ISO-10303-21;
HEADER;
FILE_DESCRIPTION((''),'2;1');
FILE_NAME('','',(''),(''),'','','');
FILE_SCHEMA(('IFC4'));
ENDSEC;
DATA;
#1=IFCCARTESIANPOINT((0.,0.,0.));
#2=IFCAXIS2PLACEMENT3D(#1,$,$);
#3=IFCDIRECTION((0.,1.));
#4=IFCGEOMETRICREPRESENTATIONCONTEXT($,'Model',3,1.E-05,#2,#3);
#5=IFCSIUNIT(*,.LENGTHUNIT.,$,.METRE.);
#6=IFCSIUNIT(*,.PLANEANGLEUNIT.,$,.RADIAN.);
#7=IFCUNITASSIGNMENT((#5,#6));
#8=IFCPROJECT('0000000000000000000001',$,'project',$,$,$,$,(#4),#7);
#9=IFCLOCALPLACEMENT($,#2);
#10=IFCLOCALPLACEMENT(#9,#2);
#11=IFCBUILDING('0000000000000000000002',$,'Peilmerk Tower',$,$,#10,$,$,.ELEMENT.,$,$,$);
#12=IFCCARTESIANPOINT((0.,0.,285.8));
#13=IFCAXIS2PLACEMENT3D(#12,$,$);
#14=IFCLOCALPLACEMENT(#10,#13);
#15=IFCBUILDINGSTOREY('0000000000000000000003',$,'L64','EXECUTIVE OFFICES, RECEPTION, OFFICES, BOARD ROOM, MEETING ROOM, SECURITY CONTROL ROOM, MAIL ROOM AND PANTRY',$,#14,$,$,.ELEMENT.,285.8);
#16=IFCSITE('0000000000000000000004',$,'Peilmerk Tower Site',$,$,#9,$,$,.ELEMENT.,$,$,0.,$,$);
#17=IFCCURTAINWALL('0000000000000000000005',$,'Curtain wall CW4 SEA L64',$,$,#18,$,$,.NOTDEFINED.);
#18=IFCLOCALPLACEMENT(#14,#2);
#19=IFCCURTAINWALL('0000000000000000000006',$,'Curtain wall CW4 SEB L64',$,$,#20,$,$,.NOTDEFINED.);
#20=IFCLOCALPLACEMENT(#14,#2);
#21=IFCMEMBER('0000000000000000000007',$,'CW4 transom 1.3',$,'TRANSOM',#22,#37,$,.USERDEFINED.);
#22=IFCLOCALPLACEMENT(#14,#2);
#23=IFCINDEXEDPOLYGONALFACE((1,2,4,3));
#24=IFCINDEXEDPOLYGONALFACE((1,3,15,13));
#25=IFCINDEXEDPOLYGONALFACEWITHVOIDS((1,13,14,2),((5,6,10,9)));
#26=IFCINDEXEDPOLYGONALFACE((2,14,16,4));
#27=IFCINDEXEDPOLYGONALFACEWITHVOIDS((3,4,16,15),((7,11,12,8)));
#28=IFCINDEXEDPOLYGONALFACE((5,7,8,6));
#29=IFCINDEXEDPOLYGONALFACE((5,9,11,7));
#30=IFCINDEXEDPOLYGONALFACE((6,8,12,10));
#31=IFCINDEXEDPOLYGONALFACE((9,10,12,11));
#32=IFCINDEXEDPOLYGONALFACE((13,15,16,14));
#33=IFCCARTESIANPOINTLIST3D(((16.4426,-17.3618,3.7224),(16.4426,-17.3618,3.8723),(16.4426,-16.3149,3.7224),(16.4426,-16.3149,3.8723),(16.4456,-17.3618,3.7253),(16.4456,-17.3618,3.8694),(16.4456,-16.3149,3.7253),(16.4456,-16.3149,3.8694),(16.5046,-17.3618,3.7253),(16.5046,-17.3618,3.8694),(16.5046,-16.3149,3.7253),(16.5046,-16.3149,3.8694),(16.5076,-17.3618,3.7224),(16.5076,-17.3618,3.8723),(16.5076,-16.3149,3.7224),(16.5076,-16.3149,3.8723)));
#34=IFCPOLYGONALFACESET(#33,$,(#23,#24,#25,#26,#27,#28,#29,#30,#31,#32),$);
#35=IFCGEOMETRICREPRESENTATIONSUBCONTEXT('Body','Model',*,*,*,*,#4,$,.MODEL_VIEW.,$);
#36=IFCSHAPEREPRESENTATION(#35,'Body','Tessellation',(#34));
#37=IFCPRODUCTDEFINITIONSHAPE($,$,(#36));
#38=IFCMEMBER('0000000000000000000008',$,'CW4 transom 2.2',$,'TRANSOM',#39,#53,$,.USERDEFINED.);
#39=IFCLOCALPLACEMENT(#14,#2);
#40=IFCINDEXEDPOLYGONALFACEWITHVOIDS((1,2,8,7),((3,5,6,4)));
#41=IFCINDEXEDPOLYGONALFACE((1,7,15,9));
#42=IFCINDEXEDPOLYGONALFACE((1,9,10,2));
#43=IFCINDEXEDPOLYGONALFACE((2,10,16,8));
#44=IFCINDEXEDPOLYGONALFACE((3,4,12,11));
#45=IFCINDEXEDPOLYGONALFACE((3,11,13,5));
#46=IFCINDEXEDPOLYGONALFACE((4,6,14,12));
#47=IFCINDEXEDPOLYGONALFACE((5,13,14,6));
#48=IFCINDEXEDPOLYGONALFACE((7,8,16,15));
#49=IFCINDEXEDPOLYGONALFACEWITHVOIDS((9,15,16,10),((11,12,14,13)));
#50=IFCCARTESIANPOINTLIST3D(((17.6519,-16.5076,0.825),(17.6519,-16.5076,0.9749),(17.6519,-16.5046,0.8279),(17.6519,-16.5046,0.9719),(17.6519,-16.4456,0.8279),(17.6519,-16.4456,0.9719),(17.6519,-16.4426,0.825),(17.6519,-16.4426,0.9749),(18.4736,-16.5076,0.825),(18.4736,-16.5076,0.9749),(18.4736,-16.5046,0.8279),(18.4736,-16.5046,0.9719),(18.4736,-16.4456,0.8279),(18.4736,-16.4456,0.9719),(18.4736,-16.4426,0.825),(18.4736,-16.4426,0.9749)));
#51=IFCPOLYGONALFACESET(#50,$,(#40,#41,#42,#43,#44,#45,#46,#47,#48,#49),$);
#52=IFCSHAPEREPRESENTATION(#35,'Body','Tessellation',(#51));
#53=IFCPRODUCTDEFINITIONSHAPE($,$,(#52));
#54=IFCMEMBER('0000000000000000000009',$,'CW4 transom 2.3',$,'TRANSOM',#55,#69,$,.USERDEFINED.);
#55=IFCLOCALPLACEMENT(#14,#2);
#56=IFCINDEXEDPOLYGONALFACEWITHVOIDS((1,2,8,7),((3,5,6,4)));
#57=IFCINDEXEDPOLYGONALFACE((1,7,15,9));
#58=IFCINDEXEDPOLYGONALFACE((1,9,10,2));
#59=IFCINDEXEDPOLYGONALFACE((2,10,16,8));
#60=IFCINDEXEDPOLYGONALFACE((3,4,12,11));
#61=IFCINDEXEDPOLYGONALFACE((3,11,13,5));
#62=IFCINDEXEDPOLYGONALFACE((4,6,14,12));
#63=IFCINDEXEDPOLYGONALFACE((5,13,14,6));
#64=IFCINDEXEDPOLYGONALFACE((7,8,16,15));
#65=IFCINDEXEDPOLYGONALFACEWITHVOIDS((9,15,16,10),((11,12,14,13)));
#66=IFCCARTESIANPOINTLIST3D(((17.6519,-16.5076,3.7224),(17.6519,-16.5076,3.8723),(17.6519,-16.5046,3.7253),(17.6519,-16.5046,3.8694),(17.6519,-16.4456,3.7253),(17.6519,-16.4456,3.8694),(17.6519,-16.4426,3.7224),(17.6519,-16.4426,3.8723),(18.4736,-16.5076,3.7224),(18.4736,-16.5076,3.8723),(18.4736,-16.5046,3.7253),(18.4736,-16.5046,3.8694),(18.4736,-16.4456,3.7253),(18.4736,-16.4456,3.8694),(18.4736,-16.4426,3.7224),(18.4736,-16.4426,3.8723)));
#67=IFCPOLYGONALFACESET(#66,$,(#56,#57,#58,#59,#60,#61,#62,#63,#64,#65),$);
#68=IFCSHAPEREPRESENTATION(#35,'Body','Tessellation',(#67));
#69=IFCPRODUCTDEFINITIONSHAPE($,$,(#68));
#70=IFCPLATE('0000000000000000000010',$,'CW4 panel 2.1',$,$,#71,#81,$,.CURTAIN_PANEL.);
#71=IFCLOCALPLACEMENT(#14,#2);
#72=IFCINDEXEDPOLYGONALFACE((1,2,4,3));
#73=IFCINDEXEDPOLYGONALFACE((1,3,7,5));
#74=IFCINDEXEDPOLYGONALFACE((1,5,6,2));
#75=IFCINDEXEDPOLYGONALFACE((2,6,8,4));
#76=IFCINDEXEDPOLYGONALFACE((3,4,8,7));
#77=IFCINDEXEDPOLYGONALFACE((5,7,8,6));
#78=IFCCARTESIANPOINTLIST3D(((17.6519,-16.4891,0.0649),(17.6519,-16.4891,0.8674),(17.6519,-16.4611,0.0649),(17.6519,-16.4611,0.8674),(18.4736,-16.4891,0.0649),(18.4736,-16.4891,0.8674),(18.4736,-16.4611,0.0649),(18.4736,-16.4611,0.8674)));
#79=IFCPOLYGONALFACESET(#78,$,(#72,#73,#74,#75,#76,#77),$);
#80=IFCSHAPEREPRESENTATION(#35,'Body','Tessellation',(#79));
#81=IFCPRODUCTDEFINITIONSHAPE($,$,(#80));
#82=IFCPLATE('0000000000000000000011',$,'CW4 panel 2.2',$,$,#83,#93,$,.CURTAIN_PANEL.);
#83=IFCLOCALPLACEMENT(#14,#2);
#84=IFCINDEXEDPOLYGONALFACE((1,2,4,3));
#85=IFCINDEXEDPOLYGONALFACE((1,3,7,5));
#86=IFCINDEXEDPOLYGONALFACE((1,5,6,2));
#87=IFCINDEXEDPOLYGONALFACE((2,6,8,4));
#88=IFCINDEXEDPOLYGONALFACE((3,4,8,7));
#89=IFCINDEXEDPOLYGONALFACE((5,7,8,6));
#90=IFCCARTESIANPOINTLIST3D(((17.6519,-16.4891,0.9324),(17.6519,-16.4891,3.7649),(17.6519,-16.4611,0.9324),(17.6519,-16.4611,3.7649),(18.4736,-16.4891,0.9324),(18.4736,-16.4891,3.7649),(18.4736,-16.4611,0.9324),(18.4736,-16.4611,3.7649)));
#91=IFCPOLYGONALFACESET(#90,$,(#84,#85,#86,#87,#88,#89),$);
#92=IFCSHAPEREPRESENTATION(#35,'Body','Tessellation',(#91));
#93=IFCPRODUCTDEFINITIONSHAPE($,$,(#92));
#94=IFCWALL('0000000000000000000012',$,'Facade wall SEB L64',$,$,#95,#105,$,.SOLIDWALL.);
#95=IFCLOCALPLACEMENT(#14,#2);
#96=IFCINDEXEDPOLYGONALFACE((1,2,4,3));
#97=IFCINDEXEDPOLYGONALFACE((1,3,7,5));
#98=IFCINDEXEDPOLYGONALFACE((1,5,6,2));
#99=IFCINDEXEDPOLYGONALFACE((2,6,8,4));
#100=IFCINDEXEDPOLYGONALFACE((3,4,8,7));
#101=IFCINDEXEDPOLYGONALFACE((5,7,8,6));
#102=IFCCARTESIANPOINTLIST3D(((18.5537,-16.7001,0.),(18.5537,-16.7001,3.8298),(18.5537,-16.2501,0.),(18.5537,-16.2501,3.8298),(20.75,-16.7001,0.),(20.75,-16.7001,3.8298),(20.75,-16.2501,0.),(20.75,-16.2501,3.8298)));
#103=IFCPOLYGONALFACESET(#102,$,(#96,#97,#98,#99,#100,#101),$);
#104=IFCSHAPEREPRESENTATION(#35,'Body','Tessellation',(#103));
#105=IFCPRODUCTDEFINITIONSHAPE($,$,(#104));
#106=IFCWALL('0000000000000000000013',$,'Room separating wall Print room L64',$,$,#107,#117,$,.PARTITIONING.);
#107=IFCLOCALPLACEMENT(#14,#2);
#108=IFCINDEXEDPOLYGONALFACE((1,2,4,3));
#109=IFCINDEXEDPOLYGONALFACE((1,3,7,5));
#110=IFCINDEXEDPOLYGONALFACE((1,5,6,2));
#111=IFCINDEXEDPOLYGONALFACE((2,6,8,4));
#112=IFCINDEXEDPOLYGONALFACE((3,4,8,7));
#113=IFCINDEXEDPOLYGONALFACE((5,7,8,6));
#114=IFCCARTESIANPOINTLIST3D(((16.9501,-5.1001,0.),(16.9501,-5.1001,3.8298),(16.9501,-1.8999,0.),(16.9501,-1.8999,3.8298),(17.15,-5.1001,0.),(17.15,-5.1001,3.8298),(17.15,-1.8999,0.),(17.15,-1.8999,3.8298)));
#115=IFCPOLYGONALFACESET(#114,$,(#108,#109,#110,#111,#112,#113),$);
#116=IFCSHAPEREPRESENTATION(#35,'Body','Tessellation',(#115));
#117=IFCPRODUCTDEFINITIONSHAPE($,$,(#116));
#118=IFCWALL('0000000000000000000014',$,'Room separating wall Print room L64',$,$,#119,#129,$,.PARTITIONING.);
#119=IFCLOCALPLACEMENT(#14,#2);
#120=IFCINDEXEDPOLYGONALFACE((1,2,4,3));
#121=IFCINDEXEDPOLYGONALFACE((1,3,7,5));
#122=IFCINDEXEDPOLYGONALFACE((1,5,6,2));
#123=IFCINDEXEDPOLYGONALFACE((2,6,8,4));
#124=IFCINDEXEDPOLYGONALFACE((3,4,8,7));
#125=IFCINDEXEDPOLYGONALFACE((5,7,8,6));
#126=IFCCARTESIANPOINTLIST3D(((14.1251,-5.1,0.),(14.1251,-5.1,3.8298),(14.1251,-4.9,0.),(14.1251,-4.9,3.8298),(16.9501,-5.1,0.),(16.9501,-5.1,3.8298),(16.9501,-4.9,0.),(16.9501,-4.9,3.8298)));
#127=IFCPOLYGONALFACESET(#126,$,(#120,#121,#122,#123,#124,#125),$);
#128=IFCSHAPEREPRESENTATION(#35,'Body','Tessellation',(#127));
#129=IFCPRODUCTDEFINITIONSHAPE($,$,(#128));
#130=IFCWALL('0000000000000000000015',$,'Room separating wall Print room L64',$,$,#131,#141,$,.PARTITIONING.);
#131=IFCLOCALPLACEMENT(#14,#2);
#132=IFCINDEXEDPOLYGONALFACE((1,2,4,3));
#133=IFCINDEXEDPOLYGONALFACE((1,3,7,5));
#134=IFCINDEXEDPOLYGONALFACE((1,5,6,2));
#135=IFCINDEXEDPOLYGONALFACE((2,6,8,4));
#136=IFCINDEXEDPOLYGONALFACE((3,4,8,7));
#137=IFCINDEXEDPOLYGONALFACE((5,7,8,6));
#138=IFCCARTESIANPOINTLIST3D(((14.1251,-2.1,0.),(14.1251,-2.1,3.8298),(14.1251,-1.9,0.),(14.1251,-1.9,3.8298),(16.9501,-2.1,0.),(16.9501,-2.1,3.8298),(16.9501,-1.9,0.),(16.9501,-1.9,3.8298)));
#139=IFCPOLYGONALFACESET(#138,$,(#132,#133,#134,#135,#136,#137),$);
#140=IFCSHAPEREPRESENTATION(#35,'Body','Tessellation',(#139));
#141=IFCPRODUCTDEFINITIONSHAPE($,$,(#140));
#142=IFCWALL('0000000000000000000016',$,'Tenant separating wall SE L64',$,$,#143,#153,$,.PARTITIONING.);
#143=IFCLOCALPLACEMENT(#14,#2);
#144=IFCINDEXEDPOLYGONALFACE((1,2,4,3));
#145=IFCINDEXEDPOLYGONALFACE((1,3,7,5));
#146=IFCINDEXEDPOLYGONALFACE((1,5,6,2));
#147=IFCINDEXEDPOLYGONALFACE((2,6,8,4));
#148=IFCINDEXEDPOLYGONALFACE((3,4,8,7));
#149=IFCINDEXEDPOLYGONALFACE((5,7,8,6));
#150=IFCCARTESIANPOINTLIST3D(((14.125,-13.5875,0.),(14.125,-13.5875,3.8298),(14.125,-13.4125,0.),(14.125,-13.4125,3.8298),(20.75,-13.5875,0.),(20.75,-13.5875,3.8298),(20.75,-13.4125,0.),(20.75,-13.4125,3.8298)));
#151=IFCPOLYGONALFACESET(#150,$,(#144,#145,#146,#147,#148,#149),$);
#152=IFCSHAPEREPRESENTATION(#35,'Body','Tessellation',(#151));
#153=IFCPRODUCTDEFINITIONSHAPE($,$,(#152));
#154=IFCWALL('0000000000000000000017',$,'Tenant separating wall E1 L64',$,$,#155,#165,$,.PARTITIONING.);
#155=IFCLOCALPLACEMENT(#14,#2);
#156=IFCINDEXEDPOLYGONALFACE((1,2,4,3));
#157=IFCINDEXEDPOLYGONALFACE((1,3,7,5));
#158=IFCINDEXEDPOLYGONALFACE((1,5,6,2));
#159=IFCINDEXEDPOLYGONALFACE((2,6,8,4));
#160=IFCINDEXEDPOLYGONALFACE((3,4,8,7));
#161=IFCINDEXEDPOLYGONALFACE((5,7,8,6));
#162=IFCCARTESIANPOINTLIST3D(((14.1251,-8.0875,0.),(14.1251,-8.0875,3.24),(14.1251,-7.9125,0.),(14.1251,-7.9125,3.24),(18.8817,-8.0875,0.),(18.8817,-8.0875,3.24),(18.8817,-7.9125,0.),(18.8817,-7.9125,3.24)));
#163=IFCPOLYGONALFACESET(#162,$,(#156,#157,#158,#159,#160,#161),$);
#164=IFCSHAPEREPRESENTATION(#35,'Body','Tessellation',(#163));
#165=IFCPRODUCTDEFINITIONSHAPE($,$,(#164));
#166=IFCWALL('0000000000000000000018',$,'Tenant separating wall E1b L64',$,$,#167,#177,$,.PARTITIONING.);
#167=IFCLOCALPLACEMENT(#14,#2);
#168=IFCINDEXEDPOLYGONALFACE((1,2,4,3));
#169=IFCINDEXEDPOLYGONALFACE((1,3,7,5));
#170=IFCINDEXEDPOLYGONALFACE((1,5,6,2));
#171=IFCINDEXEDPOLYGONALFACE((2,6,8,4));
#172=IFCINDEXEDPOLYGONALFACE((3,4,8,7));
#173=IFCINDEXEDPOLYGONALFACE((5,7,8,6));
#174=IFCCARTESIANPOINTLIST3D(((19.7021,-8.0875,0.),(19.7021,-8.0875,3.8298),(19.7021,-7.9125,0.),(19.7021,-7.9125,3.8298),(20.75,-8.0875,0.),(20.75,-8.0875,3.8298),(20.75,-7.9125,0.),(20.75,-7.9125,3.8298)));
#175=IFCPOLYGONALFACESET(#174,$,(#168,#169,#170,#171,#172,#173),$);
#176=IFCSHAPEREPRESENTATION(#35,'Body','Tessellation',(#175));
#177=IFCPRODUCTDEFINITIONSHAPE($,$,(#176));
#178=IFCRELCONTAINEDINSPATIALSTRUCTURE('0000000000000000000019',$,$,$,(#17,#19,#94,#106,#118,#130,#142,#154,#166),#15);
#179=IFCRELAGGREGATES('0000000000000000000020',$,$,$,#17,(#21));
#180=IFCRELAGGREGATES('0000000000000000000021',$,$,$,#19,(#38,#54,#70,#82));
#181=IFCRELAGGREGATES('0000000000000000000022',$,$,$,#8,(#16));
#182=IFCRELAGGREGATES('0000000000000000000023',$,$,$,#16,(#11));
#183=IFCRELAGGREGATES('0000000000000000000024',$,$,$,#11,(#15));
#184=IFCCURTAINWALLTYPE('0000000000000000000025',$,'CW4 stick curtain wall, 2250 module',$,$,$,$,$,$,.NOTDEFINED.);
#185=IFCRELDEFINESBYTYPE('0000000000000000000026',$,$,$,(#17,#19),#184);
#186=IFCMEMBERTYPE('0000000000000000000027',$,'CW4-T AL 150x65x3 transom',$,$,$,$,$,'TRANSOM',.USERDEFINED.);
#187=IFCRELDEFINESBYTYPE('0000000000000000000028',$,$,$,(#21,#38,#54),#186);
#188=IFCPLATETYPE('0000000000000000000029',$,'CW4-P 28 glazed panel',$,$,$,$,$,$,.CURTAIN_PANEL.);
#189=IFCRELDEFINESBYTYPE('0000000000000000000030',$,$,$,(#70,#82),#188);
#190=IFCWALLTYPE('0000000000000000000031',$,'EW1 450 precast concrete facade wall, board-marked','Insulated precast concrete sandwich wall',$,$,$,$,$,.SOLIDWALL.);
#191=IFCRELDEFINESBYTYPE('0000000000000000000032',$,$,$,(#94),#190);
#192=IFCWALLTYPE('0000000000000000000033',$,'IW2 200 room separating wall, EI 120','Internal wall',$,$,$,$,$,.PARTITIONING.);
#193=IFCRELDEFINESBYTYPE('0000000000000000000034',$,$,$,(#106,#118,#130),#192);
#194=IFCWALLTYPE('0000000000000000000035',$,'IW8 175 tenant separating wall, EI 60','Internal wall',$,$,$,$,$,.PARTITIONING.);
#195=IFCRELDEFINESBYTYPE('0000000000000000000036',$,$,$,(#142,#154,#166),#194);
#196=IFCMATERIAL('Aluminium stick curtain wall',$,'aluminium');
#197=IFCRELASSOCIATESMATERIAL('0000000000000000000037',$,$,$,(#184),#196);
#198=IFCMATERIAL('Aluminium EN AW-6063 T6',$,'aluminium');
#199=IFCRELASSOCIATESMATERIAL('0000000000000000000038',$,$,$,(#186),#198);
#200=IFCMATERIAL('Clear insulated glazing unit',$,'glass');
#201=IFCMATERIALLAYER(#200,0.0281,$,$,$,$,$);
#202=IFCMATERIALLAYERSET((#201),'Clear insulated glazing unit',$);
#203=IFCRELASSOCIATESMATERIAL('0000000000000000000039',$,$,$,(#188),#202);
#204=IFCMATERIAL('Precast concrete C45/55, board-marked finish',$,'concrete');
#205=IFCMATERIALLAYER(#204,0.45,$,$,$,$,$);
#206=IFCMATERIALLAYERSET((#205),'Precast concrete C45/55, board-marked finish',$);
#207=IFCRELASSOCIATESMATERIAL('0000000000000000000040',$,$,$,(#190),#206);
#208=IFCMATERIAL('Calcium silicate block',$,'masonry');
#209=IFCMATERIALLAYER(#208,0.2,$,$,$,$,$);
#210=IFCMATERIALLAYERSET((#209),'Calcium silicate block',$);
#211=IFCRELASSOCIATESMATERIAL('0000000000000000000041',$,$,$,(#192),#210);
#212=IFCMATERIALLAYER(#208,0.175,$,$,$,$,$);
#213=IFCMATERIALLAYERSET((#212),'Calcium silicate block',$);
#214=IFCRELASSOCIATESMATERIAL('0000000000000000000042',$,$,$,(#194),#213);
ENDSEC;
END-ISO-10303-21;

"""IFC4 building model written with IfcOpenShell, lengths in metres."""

from ifc_helpers import new_model, si_unit, direction, frame, frame_2d, origin, origin_2d, place, context, subcontext, project, spatial, rectangle, hollow_rectangle, extrude, material, layer, layer_set, material_profile, profile_set, type_object, element, aggregate, save


model = new_model("IFC4")

# Units and contexts
model_context = context("Model", 3, precision=1e-05, world=origin(), true_north=direction((0.0, 1.0)))
body_context = subcontext(model_context, "Body", "Model", "MODEL_VIEW")
ifc_project = project(units=[si_unit("LENGTHUNIT", "METRE"), si_unit("PLANEANGLEUNIT", "RADIAN")], contexts=[model_context])

# Site, building, storey
site_placement = place(None, origin())
site = spatial("IfcSite", under=ifc_project, at=site_placement, Name="Peilmerk Tower Site", CompositionType="ELEMENT", RefElevation=0.0)
building_placement = place(site_placement, origin())
building = spatial("IfcBuilding", under=site, at=building_placement, Name="Peilmerk Tower", CompositionType="ELEMENT")
storey_placement = place(building_placement, frame((0.0, 0.0, 285.8)))
storey = spatial("IfcBuildingStorey", under=building, at=storey_placement, Name="L64", Description="EXECUTIVE OFFICES, RECEPTION, OFFICES, BOARD ROOM, MEETING ROOM, SECURITY CONTROL ROOM, MAIL ROOM AND PANTRY", CompositionType="ELEMENT", Elevation=285.8)

# Curtain walls
ifc_material_1 = material(Name="Aluminium stick curtain wall", Category="aluminium")
curtain_wall_type = type_object("IfcCurtainWallType", Name="CW4 stick curtain wall, 2250 module", PredefinedType="NOTDEFINED", material=ifc_material_1)
curtain_wall_1_placement = place(storey_placement, origin())
curtain_wall_1 = element("IfcCurtainWall", 1, at=curtain_wall_1_placement, inside=storey, type_object=curtain_wall_type, Name="Curtain wall CW4 SEA L64", PredefinedType="NOTDEFINED")
ifc_material_2 = material(Name="Aluminium EN AW-6063 T6", Category="aluminium")
curtain_wall_2_placement = place(storey_placement, origin())
curtain_wall_2 = element("IfcCurtainWall", 2, at=curtain_wall_2_placement, inside=storey, type_object=curtain_wall_type, Name="Curtain wall CW4 SEB L64", PredefinedType="NOTDEFINED")

# Members
ifc_material_profile_1 = material_profile(ifc_material_2, hollow_rectangle(XDim=0.0649, YDim=0.1499, WallThickness=0.0029, at=origin_2d()), Name="AL 150x65x3")
ifc_profile_set_1 = profile_set([ifc_material_profile_1], Name="Aluminium EN AW-6063 T6")
member_type_1 = type_object("IfcMemberType", Name="CW4-T AL 150x65x3 transom", ElementType="TRANSOM", PredefinedType="USERDEFINED", material=ifc_profile_set_1)
member_1_placement = place(storey_placement, frame((16.4751, -16.3149, 3.7974), z_axis=(0.0, -1.0, 0.0), x_axis=(1.0, 0.0, 0.0)))
member_1 = element("IfcMember", 3, at=member_1_placement, type_object=member_type_1, Name="CW4 transom 1.3", ObjectType="TRANSOM", PredefinedType="USERDEFINED", context=body_context, shape_type="SweptSolid", body=[
    extrude(hollow_rectangle(XDim=0.0649, YDim=0.1499, WallThickness=0.0029, at=origin_2d()), origin(), (0.0, 0.0, 1.0), 1.0469),
])
aggregate(curtain_wall_1, [member_1])
member_2_placement = place(storey_placement, frame((17.6519, -16.4751, 0.8999), z_axis=(1.0, 0.0, 0.0), x_axis=(0.0, 1.0, 0.0)))
member_2 = element("IfcMember", 4, at=member_2_placement, type_object=member_type_1, Name="CW4 transom 2.2", ObjectType="TRANSOM", PredefinedType="USERDEFINED", context=body_context, shape_type="SweptSolid", body=[
    extrude(hollow_rectangle(XDim=0.0649, YDim=0.1499, WallThickness=0.0029, at=origin_2d()), origin(), (0.0, 0.0, 1.0), 0.8218),
])
member_3_placement = place(storey_placement, frame((17.6519, -16.4751, 3.7974), z_axis=(1.0, 0.0, 0.0), x_axis=(0.0, 1.0, 0.0)))
member_3 = element("IfcMember", 5, at=member_3_placement, type_object=member_type_1, Name="CW4 transom 2.3", ObjectType="TRANSOM", PredefinedType="USERDEFINED", context=body_context, shape_type="SweptSolid", body=[
    extrude(hollow_rectangle(XDim=0.0649, YDim=0.1499, WallThickness=0.0029, at=origin_2d()), origin(), (0.0, 0.0, 1.0), 0.8218),
])

# Plates
ifc_material_3 = material(Name="Clear insulated glazing unit", Category="glass")
ifc_layer_1 = layer(ifc_material_3, 0.0281)
ifc_layer_set_1 = layer_set([ifc_layer_1], Name="Clear insulated glazing unit")
plate_type = type_object("IfcPlateType", Name="CW4-P 28 glazed panel", PredefinedType="CURTAIN_PANEL", material=ifc_layer_set_1)
plate_1_placement = place(storey_placement, frame((18.0627, -16.4751, 0.0649), z_axis=(0.0, 0.0, 1.0), x_axis=(1.0, 0.0, 0.0)))
plate_1 = element("IfcPlate", 6, at=plate_1_placement, type_object=plate_type, Name="CW4 panel 2.1", PredefinedType="CURTAIN_PANEL", context=body_context, shape_type="SweptSolid", body=[
    extrude(rectangle(XDim=0.8218, YDim=0.0281, at=origin_2d()), origin(), (0.0, 0.0, 1.0), 0.8025),
])
plate_2_placement = place(storey_placement, frame((18.0627, -16.4751, 0.9324), z_axis=(0.0, 0.0, 1.0), x_axis=(1.0, 0.0, 0.0)))
plate_2 = element("IfcPlate", 7, at=plate_2_placement, type_object=plate_type, Name="CW4 panel 2.2", PredefinedType="CURTAIN_PANEL", context=body_context, shape_type="SweptSolid", body=[
    extrude(rectangle(XDim=0.8218, YDim=0.0281, at=origin_2d()), origin(), (0.0, 0.0, 1.0), 2.8325),
])
aggregate(curtain_wall_2, [member_2, member_3, plate_1, plate_2])

# Walls
ifc_material_4 = material(Name="Precast concrete C45/55, board-marked finish", Category="concrete")
ifc_layer_2 = layer(ifc_material_4, 0.45)
ifc_layer_set_2 = layer_set([ifc_layer_2], Name="Precast concrete C45/55, board-marked finish")
wall_type_1 = type_object("IfcWallType", Name="EW1 450 precast concrete facade wall, board-marked", Description="Insulated precast concrete sandwich wall", PredefinedType="SOLIDWALL", material=ifc_layer_set_2)
wall_1_placement = place(storey_placement, frame((18.5537, -16.4751, 0.0), z_axis=(0.0, 0.0, 1.0), x_axis=(1.0, 0.0, 0.0)))
element("IfcWall", 8, at=wall_1_placement, inside=storey, type_object=wall_type_1, Name="Facade wall SEB L64", PredefinedType="SOLIDWALL", context=body_context, shape_type="SweptSolid", body=[
    extrude(rectangle(XDim=2.1963, YDim=0.45, at=frame_2d((1.0981, 0.0))), origin(), (0.0, 0.0, 1.0), 3.8298),
])
ifc_material_5 = material(Name="Calcium silicate block", Category="masonry")
ifc_layer_3 = layer(ifc_material_5, 0.2)
ifc_layer_set_3 = layer_set([ifc_layer_3], Name="Calcium silicate block")
wall_type_2 = type_object("IfcWallType", Name="IW2 200 room separating wall, EI 120", Description="Internal wall", PredefinedType="PARTITIONING", material=ifc_layer_set_3)
wall_2_placement = place(storey_placement, frame((17.05, -5.1001, 0.0), z_axis=(0.0, 0.0, 1.0), x_axis=(0.0, 1.0, 0.0)))
element("IfcWall", 9, at=wall_2_placement, inside=storey, type_object=wall_type_2, Name="Room separating wall Print room L64", PredefinedType="PARTITIONING", context=body_context, shape_type="SweptSolid", body=[
    extrude(rectangle(XDim=3.2002, YDim=0.2, at=frame_2d((1.6001, 0.0))), origin(), (0.0, 0.0, 1.0), 3.8298),
])
for number, where, z_axis, x_axis, name in (
    (10, (14.125, -5.0, 0.0), (0.0, 0.0, 1.0), (1.0, 0.0, 0.0), "Room separating wall Print room L64"),
    (11, (14.125, -2.0, 0.0), (0.0, 0.0, 1.0), (1.0, 0.0, 0.0), "Room separating wall Print room L64"),
):
    element("IfcWall", number, at=place(storey_placement, frame(where, z_axis=z_axis, x_axis=x_axis)), inside=storey, type_object=wall_type_2, Name=name, PredefinedType="PARTITIONING", context=body_context, shape_type="SweptSolid", body=[
        extrude(rectangle(XDim=2.825, YDim=0.2, at=frame_2d((1.4126, 0.0))), origin(), (0.0, 0.0, 1.0), 3.8298),
    ])
ifc_layer_4 = layer(ifc_material_5, 0.175)
ifc_layer_set_4 = layer_set([ifc_layer_4], Name="Calcium silicate block")
wall_type_3 = type_object("IfcWallType", Name="IW8 175 tenant separating wall, EI 60", Description="Internal wall", PredefinedType="PARTITIONING", material=ifc_layer_set_4)
wall_3_placement = place(storey_placement, frame((20.75, -13.5, 0.0), z_axis=(0.0, 0.0, 1.0), x_axis=(-1.0, 0.0, 0.0)))
element("IfcWall", 12, at=wall_3_placement, inside=storey, type_object=wall_type_3, Name="Tenant separating wall SE L64", PredefinedType="PARTITIONING", context=body_context, shape_type="SweptSolid", body=[
    extrude(rectangle(XDim=6.625, YDim=0.175, at=frame_2d((3.3125, 0.0))), origin(), (0.0, 0.0, 1.0), 3.8298),
])
wall_4_placement = place(storey_placement, frame((14.125, -8.0, 0.0), z_axis=(0.0, 0.0, 1.0), x_axis=(1.0, 0.0, 0.0)))
element("IfcWall", 13, at=wall_4_placement, inside=storey, type_object=wall_type_3, Name="Tenant separating wall E1 L64", PredefinedType="PARTITIONING", context=body_context, shape_type="SweptSolid", body=[
    extrude(rectangle(XDim=4.7566, YDim=0.175, at=frame_2d((2.3784, 0.0))), origin(), (0.0, 0.0, 1.0), 3.24),
])
wall_5_placement = place(storey_placement, frame((19.7021, -8.0, 0.0), z_axis=(0.0, 0.0, 1.0), x_axis=(1.0, 0.0, 0.0)))
element("IfcWall", 14, at=wall_5_placement, inside=storey, type_object=wall_type_3, Name="Tenant separating wall E1b L64", PredefinedType="PARTITIONING", context=body_context, shape_type="SweptSolid", body=[
    extrude(rectangle(XDim=1.0479, YDim=0.175, at=frame_2d((0.5239, 0.0))), origin(), (0.0, 0.0, 1.0), 3.8298),
])

save(model, "model.ifc")
